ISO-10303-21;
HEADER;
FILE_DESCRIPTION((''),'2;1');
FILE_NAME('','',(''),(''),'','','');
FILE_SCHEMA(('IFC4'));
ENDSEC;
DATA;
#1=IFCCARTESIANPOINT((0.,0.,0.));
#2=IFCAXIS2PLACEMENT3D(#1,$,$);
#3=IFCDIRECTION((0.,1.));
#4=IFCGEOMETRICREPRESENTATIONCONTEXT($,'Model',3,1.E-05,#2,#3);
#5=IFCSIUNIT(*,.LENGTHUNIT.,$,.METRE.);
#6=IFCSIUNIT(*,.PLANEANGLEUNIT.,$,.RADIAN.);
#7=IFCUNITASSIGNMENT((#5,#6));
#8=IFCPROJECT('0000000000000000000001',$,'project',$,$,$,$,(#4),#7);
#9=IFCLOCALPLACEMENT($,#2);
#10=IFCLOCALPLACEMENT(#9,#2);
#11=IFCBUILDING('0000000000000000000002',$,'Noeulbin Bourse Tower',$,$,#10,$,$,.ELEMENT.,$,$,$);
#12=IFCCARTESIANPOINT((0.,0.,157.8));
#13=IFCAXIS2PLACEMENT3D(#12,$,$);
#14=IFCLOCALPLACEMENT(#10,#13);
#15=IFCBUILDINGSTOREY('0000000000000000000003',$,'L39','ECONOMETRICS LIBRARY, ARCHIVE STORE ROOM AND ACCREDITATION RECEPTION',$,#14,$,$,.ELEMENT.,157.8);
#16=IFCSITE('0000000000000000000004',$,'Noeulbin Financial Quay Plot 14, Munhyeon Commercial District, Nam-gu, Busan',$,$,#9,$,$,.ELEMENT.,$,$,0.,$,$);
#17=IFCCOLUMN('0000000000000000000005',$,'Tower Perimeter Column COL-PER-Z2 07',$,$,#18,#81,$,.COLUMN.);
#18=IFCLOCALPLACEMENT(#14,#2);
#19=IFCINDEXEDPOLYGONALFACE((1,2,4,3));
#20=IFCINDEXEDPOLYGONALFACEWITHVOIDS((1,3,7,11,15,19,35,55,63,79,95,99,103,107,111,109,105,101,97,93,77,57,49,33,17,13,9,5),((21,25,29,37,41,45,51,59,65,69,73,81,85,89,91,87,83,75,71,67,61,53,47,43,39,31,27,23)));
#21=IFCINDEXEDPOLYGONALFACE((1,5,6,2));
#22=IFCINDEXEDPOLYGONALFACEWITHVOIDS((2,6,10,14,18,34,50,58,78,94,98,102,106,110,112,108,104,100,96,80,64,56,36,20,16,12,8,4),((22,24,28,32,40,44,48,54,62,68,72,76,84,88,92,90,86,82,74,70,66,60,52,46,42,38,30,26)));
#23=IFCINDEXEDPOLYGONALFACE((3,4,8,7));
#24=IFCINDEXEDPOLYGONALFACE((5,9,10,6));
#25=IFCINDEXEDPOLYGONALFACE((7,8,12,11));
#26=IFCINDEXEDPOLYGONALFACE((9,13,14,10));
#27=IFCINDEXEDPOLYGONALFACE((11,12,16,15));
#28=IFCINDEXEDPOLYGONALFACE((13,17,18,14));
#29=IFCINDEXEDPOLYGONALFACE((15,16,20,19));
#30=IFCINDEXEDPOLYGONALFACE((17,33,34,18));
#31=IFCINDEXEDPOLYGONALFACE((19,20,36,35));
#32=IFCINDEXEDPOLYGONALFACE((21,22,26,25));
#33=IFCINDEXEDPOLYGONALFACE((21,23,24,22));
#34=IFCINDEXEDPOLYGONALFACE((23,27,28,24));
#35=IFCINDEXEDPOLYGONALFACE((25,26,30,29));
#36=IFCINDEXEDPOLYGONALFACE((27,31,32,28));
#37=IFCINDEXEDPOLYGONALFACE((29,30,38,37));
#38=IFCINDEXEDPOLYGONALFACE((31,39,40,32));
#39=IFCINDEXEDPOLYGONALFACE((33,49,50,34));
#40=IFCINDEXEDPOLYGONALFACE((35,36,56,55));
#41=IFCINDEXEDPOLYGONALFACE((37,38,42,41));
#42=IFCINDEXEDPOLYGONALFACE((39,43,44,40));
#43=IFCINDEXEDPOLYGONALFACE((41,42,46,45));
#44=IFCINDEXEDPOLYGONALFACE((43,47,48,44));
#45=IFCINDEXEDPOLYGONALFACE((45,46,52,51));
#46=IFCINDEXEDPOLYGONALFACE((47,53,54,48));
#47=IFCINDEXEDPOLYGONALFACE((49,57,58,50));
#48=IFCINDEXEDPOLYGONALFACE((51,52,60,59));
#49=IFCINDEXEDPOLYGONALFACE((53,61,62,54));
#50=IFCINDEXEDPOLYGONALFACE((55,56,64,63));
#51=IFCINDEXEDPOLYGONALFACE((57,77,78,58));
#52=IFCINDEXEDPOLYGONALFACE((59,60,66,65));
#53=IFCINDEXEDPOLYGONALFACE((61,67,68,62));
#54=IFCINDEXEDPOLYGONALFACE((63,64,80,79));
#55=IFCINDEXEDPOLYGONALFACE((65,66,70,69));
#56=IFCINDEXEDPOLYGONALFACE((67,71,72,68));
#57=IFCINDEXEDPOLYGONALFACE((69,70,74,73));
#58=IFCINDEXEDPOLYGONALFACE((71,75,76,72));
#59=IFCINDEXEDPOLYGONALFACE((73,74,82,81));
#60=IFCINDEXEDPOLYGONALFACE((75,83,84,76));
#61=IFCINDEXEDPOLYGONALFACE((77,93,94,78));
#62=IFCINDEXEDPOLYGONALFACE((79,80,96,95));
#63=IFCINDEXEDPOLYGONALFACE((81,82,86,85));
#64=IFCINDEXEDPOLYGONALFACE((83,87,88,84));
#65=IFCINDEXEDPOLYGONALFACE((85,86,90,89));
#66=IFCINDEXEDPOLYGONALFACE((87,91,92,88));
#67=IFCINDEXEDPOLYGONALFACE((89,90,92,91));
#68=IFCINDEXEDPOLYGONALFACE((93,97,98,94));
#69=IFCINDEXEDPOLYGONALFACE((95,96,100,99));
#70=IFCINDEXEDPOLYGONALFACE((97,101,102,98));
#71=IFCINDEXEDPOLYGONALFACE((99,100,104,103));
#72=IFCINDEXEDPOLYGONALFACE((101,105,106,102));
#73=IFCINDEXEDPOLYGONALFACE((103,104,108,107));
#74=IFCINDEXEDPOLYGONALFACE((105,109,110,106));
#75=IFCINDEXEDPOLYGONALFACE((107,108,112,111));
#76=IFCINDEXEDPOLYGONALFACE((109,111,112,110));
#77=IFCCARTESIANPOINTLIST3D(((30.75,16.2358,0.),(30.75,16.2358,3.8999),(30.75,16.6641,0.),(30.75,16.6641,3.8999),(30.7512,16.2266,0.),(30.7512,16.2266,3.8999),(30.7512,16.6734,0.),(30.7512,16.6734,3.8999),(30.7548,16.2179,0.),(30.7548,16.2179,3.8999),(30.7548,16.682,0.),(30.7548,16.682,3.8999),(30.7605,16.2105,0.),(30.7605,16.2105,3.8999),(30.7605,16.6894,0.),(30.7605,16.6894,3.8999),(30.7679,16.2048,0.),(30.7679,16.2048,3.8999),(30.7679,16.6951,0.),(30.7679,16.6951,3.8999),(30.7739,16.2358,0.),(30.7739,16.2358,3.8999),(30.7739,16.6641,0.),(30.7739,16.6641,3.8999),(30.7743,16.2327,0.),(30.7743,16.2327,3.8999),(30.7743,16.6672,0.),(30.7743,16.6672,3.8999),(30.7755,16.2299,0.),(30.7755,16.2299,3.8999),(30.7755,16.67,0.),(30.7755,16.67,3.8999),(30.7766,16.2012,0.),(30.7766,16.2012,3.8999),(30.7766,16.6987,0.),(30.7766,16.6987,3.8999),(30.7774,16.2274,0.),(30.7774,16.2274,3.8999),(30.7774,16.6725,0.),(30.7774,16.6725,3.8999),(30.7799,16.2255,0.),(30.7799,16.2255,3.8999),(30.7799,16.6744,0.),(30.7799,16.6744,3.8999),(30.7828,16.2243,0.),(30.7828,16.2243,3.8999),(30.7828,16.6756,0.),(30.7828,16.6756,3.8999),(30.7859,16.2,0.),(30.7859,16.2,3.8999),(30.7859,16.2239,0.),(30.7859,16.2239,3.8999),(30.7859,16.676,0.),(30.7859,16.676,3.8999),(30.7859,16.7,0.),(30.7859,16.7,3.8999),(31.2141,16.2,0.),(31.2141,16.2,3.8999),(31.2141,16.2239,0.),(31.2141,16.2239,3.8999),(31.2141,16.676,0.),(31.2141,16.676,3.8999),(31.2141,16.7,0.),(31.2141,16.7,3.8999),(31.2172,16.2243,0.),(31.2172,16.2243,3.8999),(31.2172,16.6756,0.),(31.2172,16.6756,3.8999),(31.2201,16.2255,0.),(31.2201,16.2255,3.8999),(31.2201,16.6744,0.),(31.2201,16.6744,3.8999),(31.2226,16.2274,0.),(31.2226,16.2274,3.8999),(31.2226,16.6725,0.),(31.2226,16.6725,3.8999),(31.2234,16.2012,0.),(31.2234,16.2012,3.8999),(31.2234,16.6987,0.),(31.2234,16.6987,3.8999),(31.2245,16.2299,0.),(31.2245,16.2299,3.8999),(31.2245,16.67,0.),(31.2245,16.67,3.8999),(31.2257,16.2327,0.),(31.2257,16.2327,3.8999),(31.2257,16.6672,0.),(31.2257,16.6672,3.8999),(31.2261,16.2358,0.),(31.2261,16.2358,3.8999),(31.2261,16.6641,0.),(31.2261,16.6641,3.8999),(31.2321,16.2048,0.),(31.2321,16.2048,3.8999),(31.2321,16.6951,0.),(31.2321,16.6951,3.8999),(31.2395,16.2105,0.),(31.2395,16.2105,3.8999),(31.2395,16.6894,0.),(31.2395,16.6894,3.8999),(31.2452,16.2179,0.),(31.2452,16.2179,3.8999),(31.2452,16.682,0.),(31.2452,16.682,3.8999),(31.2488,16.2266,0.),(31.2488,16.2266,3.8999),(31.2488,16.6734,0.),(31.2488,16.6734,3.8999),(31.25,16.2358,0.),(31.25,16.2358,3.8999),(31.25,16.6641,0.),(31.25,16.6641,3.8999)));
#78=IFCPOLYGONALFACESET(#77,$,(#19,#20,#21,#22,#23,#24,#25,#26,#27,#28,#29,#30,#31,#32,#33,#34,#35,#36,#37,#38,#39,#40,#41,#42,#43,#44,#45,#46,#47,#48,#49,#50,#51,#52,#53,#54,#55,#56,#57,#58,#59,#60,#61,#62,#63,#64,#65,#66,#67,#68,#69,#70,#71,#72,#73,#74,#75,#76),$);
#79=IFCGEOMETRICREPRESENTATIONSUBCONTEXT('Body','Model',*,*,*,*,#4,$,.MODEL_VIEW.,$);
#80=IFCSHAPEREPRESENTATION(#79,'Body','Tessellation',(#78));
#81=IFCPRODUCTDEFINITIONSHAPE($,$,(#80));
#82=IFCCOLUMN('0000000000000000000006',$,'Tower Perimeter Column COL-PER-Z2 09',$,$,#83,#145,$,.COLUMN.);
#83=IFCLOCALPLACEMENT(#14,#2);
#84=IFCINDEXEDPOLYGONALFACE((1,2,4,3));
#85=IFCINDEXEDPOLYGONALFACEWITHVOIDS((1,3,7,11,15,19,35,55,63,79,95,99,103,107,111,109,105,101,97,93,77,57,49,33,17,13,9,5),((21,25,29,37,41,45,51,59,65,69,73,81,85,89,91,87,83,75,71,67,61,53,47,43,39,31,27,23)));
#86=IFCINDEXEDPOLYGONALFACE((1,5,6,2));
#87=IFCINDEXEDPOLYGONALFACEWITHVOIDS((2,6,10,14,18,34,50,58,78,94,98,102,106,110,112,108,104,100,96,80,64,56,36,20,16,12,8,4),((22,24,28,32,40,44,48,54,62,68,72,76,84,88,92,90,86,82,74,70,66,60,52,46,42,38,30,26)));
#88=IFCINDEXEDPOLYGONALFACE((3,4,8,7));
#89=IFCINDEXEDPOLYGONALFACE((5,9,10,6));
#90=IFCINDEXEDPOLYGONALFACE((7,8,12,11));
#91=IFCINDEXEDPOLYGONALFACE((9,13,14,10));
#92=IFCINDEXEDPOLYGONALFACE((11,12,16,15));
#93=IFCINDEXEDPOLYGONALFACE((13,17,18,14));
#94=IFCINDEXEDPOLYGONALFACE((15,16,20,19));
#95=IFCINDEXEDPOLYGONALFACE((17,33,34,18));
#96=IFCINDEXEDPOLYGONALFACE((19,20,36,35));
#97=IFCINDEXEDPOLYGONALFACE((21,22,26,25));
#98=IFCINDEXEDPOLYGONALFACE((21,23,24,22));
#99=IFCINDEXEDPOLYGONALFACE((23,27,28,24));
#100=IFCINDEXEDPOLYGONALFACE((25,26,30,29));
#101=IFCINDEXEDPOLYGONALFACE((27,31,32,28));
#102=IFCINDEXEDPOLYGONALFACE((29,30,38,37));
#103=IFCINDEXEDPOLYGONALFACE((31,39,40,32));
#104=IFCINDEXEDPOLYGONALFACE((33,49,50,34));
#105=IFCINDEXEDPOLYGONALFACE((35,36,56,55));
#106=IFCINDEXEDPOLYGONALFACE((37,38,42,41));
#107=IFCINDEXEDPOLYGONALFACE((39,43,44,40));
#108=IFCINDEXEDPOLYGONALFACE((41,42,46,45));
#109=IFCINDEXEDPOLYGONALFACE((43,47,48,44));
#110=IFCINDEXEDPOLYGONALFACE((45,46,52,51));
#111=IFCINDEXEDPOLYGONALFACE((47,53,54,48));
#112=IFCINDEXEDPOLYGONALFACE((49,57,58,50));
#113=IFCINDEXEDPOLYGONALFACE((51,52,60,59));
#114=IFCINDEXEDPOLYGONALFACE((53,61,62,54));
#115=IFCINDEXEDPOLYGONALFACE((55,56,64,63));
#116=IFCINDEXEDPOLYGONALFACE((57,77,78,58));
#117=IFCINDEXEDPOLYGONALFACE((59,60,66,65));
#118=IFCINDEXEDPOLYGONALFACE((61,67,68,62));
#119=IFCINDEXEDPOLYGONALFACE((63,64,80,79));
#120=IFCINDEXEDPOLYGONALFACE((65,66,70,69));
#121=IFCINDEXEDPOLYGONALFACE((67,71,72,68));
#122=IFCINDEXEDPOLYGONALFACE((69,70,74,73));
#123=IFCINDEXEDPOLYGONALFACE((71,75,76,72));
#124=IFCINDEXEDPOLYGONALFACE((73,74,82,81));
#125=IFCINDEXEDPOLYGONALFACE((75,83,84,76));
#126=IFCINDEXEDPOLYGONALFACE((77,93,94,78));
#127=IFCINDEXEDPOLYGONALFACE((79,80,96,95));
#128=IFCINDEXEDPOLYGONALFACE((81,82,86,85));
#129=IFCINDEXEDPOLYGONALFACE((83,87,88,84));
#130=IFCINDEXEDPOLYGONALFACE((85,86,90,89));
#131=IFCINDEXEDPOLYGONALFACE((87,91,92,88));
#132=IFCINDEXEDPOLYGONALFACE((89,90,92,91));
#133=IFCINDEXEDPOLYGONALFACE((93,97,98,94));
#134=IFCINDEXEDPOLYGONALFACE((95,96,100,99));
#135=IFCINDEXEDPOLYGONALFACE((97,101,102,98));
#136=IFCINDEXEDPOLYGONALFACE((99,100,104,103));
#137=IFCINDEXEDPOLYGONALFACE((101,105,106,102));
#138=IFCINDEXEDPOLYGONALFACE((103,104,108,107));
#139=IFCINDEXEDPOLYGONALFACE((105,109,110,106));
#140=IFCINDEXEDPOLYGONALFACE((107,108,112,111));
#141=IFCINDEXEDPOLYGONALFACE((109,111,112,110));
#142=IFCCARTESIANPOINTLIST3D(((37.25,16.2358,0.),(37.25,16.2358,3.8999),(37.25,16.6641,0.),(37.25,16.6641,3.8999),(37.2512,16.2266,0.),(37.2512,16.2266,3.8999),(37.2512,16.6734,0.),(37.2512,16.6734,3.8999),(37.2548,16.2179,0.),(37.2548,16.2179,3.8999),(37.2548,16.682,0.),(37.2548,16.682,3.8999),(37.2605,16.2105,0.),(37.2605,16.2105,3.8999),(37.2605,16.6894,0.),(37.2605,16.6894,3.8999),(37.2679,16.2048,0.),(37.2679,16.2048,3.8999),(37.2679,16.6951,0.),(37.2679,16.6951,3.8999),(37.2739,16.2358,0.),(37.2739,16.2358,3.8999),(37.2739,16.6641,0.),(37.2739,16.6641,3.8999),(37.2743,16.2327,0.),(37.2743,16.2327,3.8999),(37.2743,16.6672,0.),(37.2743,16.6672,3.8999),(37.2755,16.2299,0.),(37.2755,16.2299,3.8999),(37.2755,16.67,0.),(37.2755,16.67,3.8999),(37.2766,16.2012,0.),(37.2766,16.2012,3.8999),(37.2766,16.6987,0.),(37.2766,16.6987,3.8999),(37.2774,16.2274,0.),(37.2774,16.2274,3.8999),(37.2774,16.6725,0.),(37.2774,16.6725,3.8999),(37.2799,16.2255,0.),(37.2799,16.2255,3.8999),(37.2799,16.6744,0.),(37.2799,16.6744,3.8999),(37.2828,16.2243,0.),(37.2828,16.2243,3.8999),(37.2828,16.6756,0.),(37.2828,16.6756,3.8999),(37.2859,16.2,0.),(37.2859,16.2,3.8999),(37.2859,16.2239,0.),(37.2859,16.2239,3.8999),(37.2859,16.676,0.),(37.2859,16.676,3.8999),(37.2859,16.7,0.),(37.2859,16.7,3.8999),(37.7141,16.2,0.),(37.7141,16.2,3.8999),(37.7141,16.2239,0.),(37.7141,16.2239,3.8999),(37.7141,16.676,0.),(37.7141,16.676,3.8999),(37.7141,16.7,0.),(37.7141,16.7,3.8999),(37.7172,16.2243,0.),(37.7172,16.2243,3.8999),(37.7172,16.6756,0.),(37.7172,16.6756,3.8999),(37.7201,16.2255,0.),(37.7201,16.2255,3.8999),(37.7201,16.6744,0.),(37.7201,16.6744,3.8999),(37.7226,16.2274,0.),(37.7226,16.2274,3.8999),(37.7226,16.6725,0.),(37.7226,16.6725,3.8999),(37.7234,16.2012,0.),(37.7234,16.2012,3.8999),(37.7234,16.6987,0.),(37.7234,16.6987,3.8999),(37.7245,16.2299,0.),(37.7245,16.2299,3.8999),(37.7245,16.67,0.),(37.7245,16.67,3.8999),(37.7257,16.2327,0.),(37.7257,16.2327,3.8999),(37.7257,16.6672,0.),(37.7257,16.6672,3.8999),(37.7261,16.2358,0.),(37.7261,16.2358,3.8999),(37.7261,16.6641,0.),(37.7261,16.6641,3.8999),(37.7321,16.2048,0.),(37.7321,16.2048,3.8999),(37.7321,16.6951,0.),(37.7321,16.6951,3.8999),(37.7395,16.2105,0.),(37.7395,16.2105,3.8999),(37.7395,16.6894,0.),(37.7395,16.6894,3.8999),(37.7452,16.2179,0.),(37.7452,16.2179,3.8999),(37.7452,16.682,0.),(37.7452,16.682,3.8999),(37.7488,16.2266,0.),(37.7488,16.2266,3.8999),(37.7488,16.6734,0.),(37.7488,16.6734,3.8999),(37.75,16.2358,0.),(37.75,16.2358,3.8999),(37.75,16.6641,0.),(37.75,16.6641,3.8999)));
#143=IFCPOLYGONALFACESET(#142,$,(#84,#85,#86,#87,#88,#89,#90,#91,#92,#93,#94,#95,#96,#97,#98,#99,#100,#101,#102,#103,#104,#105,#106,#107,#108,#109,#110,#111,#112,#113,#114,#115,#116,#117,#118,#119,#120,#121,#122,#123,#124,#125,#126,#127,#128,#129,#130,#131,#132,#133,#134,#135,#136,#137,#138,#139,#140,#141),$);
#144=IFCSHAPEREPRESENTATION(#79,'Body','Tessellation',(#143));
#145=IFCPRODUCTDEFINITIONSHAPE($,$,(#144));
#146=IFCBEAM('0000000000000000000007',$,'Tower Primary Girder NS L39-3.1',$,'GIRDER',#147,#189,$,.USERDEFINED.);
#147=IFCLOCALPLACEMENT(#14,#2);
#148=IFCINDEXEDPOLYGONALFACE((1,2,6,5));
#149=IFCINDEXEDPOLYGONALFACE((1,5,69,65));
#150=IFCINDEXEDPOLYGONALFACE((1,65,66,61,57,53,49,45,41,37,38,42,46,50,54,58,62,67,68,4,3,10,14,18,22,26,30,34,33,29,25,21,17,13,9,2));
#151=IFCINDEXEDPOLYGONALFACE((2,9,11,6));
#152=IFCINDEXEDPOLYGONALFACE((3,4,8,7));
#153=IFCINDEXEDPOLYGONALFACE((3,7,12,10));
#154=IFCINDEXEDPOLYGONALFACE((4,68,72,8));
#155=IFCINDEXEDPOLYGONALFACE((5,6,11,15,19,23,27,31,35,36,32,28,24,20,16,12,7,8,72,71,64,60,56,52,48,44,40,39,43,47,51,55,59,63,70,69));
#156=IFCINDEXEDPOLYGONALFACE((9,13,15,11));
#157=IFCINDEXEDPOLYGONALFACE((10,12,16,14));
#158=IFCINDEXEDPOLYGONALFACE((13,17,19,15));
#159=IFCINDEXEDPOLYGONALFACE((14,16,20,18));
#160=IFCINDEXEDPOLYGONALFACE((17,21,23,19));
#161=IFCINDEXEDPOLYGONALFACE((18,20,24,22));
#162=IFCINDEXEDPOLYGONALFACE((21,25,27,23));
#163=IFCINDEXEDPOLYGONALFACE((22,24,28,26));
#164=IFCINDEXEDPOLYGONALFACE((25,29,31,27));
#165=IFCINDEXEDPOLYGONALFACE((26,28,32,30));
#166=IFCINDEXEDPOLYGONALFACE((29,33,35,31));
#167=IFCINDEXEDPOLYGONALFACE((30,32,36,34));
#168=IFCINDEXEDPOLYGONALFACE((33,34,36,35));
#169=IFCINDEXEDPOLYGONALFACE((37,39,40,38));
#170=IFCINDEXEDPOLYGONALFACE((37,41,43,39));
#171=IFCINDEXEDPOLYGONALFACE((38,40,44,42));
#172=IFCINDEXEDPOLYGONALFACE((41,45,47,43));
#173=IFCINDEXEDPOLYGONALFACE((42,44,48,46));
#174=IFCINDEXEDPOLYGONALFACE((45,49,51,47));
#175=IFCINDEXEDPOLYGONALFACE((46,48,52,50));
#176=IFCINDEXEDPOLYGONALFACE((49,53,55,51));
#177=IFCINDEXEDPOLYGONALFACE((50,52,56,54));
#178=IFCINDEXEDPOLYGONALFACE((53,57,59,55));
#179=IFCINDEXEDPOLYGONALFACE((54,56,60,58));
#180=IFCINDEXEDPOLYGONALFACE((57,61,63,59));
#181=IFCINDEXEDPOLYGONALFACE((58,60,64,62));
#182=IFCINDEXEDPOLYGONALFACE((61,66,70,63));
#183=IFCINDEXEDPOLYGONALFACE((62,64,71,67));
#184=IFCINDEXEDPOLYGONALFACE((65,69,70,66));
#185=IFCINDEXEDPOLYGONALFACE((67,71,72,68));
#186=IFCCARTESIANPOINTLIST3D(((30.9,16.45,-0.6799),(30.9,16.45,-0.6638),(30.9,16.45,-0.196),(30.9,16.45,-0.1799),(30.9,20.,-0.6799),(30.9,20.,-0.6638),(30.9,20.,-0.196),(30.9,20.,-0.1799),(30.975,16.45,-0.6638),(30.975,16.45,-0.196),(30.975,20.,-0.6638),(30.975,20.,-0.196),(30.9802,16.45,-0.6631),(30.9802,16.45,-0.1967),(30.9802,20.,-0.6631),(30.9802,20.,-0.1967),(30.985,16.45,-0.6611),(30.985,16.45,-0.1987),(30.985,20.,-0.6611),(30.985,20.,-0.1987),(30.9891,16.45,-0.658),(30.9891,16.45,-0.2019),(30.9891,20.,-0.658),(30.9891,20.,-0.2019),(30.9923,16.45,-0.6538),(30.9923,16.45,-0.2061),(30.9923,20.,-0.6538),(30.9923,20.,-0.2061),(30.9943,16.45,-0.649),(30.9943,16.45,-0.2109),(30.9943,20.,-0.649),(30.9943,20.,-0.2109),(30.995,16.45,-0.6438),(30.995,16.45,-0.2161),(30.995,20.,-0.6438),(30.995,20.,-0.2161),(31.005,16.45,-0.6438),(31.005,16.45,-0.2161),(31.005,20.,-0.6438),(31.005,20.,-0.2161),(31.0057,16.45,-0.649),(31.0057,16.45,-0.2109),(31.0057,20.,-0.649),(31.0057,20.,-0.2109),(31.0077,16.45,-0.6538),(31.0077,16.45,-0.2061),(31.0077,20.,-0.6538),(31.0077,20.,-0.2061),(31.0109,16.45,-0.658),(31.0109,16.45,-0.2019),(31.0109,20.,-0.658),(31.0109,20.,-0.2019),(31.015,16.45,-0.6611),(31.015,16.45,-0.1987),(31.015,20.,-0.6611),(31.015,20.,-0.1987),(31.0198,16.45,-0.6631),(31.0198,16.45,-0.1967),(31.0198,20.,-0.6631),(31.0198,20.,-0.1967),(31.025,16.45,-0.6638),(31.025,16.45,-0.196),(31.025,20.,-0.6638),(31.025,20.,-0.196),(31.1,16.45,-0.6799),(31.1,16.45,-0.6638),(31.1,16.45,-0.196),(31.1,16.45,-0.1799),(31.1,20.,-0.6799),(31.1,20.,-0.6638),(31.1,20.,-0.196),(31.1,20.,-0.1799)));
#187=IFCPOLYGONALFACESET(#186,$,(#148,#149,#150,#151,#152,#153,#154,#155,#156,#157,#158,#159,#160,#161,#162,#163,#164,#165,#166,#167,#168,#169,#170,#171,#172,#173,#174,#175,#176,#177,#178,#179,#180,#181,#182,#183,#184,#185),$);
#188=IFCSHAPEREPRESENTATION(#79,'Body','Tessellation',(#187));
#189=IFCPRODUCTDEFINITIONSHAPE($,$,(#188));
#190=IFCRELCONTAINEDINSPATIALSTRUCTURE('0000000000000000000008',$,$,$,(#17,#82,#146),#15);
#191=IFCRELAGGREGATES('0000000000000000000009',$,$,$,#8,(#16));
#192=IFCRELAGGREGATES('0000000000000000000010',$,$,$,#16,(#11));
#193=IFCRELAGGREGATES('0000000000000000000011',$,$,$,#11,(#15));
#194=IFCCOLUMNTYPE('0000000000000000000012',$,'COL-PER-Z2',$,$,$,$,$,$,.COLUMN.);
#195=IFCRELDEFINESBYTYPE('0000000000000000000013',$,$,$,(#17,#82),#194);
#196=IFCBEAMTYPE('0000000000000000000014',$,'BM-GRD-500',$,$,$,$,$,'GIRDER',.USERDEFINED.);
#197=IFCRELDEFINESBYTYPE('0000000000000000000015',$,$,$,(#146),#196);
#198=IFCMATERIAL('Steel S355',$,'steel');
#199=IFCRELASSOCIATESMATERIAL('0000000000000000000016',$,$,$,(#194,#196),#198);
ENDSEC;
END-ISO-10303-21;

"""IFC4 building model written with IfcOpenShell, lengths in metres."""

from ifc_helpers import new_model, si_unit, direction, frame, origin, origin_2d, place, context, subcontext, project, spatial, hollow_rectangle, i_section, extrude, material, material_profile, profile_set, type_object, element, save


model = new_model("IFC4")

# Units and contexts
model_context = context("Model", 3, precision=1e-05, world=origin(), true_north=direction((0.0, 1.0)))
body_context = subcontext(model_context, "Body", "Model", "MODEL_VIEW")
ifc_project = project(units=[si_unit("LENGTHUNIT", "METRE"), si_unit("PLANEANGLEUNIT", "RADIAN")], contexts=[model_context])

# Site, building, storey
site_placement = place(None, origin())
site = spatial("IfcSite", under=ifc_project, at=site_placement, Name="Noeulbin Financial Quay Plot 14, Munhyeon Commercial District, Nam-gu, Busan", CompositionType="ELEMENT", RefElevation=0.0)
building_placement = place(site_placement, origin())
building = spatial("IfcBuilding", under=site, at=building_placement, Name="Noeulbin Bourse Tower", CompositionType="ELEMENT")
storey_placement = place(building_placement, frame((0.0, 0.0, 157.8)))
storey = spatial("IfcBuildingStorey", under=building, at=storey_placement, Name="L39", Description="ECONOMETRICS LIBRARY, ARCHIVE STORE ROOM AND ACCREDITATION RECEPTION", CompositionType="ELEMENT", Elevation=157.8)

# Columns
ifc_material_1 = material(Name="Steel S355", Category="steel")
ifc_material_profile_1 = material_profile(ifc_material_1, hollow_rectangle(XDim=0.5, YDim=0.5, WallThickness=0.0239, InnerFilletRadius=0.012, OuterFilletRadius=0.0359, at=origin_2d()), Name="BOX-500x500x24", Category="LoadBearing")
ifc_profile_set_1 = profile_set([ifc_material_profile_1], Name="Steel S355")
column_type = type_object("IfcColumnType", Name="COL-PER-Z2", PredefinedType="COLUMN", material=ifc_profile_set_1)
for number, where, z_axis, x_axis, name in (
    (1, (31.0, 16.45, 0.0), (0.0, 0.0, 1.0), (1.0, 0.0, 0.0), "Tower Perimeter Column COL-PER-Z2 07"),
    (2, (37.5, 16.45, 0.0), (0.0, 0.0, 1.0), (1.0, 0.0, 0.0), "Tower Perimeter Column COL-PER-Z2 09"),
):
    element("IfcColumn", number, at=place(storey_placement, frame(where, z_axis=z_axis, x_axis=x_axis)), inside=storey, type_object=column_type, Name=name, PredefinedType="COLUMN", context=body_context, shape_type="SweptSolid", body=[
        extrude(hollow_rectangle(XDim=0.5, YDim=0.5, WallThickness=0.0239, InnerFilletRadius=0.012, OuterFilletRadius=0.0359, at=origin_2d()), origin(), (0.0, 0.0, 1.0), 3.8999),
    ])

# Beam
ifc_material_profile_2 = material_profile(ifc_material_1, i_section(OverallWidth=0.2, OverallDepth=0.5, WebThickness=0.01, FlangeThickness=0.0161, FilletRadius=0.02, at=origin_2d()), Name="H-500x200x10x16", Category="LoadBearing")
ifc_profile_set_2 = profile_set([ifc_material_profile_2], Name="Steel S355")
beam_type_1 = type_object("IfcBeamType", Name="BM-GRD-500", ElementType="GIRDER", PredefinedType="USERDEFINED", material=ifc_profile_set_2)
for number, where, z_axis, x_axis, name in (
    (3, (31.0, 16.45, -0.4299), (0.0, 1.0, 0.0), (-1.0, 0.0, 0.0), "Tower Primary Girder NS L39-3.1"),
):
    element("IfcBeam", number, at=place(storey_placement, frame(where, z_axis=z_axis, x_axis=x_axis)), inside=storey, type_object=beam_type_1, Name=name, ObjectType="GIRDER", PredefinedType="USERDEFINED", context=body_context, shape_type="SweptSolid", body=[
        extrude(i_section(OverallWidth=0.2, OverallDepth=0.5, WebThickness=0.01, FlangeThickness=0.0161, FilletRadius=0.02, at=origin_2d()), origin(), (0.0, 0.0, 1.0), 3.55),
    ])

save(model, "model.ifc")
